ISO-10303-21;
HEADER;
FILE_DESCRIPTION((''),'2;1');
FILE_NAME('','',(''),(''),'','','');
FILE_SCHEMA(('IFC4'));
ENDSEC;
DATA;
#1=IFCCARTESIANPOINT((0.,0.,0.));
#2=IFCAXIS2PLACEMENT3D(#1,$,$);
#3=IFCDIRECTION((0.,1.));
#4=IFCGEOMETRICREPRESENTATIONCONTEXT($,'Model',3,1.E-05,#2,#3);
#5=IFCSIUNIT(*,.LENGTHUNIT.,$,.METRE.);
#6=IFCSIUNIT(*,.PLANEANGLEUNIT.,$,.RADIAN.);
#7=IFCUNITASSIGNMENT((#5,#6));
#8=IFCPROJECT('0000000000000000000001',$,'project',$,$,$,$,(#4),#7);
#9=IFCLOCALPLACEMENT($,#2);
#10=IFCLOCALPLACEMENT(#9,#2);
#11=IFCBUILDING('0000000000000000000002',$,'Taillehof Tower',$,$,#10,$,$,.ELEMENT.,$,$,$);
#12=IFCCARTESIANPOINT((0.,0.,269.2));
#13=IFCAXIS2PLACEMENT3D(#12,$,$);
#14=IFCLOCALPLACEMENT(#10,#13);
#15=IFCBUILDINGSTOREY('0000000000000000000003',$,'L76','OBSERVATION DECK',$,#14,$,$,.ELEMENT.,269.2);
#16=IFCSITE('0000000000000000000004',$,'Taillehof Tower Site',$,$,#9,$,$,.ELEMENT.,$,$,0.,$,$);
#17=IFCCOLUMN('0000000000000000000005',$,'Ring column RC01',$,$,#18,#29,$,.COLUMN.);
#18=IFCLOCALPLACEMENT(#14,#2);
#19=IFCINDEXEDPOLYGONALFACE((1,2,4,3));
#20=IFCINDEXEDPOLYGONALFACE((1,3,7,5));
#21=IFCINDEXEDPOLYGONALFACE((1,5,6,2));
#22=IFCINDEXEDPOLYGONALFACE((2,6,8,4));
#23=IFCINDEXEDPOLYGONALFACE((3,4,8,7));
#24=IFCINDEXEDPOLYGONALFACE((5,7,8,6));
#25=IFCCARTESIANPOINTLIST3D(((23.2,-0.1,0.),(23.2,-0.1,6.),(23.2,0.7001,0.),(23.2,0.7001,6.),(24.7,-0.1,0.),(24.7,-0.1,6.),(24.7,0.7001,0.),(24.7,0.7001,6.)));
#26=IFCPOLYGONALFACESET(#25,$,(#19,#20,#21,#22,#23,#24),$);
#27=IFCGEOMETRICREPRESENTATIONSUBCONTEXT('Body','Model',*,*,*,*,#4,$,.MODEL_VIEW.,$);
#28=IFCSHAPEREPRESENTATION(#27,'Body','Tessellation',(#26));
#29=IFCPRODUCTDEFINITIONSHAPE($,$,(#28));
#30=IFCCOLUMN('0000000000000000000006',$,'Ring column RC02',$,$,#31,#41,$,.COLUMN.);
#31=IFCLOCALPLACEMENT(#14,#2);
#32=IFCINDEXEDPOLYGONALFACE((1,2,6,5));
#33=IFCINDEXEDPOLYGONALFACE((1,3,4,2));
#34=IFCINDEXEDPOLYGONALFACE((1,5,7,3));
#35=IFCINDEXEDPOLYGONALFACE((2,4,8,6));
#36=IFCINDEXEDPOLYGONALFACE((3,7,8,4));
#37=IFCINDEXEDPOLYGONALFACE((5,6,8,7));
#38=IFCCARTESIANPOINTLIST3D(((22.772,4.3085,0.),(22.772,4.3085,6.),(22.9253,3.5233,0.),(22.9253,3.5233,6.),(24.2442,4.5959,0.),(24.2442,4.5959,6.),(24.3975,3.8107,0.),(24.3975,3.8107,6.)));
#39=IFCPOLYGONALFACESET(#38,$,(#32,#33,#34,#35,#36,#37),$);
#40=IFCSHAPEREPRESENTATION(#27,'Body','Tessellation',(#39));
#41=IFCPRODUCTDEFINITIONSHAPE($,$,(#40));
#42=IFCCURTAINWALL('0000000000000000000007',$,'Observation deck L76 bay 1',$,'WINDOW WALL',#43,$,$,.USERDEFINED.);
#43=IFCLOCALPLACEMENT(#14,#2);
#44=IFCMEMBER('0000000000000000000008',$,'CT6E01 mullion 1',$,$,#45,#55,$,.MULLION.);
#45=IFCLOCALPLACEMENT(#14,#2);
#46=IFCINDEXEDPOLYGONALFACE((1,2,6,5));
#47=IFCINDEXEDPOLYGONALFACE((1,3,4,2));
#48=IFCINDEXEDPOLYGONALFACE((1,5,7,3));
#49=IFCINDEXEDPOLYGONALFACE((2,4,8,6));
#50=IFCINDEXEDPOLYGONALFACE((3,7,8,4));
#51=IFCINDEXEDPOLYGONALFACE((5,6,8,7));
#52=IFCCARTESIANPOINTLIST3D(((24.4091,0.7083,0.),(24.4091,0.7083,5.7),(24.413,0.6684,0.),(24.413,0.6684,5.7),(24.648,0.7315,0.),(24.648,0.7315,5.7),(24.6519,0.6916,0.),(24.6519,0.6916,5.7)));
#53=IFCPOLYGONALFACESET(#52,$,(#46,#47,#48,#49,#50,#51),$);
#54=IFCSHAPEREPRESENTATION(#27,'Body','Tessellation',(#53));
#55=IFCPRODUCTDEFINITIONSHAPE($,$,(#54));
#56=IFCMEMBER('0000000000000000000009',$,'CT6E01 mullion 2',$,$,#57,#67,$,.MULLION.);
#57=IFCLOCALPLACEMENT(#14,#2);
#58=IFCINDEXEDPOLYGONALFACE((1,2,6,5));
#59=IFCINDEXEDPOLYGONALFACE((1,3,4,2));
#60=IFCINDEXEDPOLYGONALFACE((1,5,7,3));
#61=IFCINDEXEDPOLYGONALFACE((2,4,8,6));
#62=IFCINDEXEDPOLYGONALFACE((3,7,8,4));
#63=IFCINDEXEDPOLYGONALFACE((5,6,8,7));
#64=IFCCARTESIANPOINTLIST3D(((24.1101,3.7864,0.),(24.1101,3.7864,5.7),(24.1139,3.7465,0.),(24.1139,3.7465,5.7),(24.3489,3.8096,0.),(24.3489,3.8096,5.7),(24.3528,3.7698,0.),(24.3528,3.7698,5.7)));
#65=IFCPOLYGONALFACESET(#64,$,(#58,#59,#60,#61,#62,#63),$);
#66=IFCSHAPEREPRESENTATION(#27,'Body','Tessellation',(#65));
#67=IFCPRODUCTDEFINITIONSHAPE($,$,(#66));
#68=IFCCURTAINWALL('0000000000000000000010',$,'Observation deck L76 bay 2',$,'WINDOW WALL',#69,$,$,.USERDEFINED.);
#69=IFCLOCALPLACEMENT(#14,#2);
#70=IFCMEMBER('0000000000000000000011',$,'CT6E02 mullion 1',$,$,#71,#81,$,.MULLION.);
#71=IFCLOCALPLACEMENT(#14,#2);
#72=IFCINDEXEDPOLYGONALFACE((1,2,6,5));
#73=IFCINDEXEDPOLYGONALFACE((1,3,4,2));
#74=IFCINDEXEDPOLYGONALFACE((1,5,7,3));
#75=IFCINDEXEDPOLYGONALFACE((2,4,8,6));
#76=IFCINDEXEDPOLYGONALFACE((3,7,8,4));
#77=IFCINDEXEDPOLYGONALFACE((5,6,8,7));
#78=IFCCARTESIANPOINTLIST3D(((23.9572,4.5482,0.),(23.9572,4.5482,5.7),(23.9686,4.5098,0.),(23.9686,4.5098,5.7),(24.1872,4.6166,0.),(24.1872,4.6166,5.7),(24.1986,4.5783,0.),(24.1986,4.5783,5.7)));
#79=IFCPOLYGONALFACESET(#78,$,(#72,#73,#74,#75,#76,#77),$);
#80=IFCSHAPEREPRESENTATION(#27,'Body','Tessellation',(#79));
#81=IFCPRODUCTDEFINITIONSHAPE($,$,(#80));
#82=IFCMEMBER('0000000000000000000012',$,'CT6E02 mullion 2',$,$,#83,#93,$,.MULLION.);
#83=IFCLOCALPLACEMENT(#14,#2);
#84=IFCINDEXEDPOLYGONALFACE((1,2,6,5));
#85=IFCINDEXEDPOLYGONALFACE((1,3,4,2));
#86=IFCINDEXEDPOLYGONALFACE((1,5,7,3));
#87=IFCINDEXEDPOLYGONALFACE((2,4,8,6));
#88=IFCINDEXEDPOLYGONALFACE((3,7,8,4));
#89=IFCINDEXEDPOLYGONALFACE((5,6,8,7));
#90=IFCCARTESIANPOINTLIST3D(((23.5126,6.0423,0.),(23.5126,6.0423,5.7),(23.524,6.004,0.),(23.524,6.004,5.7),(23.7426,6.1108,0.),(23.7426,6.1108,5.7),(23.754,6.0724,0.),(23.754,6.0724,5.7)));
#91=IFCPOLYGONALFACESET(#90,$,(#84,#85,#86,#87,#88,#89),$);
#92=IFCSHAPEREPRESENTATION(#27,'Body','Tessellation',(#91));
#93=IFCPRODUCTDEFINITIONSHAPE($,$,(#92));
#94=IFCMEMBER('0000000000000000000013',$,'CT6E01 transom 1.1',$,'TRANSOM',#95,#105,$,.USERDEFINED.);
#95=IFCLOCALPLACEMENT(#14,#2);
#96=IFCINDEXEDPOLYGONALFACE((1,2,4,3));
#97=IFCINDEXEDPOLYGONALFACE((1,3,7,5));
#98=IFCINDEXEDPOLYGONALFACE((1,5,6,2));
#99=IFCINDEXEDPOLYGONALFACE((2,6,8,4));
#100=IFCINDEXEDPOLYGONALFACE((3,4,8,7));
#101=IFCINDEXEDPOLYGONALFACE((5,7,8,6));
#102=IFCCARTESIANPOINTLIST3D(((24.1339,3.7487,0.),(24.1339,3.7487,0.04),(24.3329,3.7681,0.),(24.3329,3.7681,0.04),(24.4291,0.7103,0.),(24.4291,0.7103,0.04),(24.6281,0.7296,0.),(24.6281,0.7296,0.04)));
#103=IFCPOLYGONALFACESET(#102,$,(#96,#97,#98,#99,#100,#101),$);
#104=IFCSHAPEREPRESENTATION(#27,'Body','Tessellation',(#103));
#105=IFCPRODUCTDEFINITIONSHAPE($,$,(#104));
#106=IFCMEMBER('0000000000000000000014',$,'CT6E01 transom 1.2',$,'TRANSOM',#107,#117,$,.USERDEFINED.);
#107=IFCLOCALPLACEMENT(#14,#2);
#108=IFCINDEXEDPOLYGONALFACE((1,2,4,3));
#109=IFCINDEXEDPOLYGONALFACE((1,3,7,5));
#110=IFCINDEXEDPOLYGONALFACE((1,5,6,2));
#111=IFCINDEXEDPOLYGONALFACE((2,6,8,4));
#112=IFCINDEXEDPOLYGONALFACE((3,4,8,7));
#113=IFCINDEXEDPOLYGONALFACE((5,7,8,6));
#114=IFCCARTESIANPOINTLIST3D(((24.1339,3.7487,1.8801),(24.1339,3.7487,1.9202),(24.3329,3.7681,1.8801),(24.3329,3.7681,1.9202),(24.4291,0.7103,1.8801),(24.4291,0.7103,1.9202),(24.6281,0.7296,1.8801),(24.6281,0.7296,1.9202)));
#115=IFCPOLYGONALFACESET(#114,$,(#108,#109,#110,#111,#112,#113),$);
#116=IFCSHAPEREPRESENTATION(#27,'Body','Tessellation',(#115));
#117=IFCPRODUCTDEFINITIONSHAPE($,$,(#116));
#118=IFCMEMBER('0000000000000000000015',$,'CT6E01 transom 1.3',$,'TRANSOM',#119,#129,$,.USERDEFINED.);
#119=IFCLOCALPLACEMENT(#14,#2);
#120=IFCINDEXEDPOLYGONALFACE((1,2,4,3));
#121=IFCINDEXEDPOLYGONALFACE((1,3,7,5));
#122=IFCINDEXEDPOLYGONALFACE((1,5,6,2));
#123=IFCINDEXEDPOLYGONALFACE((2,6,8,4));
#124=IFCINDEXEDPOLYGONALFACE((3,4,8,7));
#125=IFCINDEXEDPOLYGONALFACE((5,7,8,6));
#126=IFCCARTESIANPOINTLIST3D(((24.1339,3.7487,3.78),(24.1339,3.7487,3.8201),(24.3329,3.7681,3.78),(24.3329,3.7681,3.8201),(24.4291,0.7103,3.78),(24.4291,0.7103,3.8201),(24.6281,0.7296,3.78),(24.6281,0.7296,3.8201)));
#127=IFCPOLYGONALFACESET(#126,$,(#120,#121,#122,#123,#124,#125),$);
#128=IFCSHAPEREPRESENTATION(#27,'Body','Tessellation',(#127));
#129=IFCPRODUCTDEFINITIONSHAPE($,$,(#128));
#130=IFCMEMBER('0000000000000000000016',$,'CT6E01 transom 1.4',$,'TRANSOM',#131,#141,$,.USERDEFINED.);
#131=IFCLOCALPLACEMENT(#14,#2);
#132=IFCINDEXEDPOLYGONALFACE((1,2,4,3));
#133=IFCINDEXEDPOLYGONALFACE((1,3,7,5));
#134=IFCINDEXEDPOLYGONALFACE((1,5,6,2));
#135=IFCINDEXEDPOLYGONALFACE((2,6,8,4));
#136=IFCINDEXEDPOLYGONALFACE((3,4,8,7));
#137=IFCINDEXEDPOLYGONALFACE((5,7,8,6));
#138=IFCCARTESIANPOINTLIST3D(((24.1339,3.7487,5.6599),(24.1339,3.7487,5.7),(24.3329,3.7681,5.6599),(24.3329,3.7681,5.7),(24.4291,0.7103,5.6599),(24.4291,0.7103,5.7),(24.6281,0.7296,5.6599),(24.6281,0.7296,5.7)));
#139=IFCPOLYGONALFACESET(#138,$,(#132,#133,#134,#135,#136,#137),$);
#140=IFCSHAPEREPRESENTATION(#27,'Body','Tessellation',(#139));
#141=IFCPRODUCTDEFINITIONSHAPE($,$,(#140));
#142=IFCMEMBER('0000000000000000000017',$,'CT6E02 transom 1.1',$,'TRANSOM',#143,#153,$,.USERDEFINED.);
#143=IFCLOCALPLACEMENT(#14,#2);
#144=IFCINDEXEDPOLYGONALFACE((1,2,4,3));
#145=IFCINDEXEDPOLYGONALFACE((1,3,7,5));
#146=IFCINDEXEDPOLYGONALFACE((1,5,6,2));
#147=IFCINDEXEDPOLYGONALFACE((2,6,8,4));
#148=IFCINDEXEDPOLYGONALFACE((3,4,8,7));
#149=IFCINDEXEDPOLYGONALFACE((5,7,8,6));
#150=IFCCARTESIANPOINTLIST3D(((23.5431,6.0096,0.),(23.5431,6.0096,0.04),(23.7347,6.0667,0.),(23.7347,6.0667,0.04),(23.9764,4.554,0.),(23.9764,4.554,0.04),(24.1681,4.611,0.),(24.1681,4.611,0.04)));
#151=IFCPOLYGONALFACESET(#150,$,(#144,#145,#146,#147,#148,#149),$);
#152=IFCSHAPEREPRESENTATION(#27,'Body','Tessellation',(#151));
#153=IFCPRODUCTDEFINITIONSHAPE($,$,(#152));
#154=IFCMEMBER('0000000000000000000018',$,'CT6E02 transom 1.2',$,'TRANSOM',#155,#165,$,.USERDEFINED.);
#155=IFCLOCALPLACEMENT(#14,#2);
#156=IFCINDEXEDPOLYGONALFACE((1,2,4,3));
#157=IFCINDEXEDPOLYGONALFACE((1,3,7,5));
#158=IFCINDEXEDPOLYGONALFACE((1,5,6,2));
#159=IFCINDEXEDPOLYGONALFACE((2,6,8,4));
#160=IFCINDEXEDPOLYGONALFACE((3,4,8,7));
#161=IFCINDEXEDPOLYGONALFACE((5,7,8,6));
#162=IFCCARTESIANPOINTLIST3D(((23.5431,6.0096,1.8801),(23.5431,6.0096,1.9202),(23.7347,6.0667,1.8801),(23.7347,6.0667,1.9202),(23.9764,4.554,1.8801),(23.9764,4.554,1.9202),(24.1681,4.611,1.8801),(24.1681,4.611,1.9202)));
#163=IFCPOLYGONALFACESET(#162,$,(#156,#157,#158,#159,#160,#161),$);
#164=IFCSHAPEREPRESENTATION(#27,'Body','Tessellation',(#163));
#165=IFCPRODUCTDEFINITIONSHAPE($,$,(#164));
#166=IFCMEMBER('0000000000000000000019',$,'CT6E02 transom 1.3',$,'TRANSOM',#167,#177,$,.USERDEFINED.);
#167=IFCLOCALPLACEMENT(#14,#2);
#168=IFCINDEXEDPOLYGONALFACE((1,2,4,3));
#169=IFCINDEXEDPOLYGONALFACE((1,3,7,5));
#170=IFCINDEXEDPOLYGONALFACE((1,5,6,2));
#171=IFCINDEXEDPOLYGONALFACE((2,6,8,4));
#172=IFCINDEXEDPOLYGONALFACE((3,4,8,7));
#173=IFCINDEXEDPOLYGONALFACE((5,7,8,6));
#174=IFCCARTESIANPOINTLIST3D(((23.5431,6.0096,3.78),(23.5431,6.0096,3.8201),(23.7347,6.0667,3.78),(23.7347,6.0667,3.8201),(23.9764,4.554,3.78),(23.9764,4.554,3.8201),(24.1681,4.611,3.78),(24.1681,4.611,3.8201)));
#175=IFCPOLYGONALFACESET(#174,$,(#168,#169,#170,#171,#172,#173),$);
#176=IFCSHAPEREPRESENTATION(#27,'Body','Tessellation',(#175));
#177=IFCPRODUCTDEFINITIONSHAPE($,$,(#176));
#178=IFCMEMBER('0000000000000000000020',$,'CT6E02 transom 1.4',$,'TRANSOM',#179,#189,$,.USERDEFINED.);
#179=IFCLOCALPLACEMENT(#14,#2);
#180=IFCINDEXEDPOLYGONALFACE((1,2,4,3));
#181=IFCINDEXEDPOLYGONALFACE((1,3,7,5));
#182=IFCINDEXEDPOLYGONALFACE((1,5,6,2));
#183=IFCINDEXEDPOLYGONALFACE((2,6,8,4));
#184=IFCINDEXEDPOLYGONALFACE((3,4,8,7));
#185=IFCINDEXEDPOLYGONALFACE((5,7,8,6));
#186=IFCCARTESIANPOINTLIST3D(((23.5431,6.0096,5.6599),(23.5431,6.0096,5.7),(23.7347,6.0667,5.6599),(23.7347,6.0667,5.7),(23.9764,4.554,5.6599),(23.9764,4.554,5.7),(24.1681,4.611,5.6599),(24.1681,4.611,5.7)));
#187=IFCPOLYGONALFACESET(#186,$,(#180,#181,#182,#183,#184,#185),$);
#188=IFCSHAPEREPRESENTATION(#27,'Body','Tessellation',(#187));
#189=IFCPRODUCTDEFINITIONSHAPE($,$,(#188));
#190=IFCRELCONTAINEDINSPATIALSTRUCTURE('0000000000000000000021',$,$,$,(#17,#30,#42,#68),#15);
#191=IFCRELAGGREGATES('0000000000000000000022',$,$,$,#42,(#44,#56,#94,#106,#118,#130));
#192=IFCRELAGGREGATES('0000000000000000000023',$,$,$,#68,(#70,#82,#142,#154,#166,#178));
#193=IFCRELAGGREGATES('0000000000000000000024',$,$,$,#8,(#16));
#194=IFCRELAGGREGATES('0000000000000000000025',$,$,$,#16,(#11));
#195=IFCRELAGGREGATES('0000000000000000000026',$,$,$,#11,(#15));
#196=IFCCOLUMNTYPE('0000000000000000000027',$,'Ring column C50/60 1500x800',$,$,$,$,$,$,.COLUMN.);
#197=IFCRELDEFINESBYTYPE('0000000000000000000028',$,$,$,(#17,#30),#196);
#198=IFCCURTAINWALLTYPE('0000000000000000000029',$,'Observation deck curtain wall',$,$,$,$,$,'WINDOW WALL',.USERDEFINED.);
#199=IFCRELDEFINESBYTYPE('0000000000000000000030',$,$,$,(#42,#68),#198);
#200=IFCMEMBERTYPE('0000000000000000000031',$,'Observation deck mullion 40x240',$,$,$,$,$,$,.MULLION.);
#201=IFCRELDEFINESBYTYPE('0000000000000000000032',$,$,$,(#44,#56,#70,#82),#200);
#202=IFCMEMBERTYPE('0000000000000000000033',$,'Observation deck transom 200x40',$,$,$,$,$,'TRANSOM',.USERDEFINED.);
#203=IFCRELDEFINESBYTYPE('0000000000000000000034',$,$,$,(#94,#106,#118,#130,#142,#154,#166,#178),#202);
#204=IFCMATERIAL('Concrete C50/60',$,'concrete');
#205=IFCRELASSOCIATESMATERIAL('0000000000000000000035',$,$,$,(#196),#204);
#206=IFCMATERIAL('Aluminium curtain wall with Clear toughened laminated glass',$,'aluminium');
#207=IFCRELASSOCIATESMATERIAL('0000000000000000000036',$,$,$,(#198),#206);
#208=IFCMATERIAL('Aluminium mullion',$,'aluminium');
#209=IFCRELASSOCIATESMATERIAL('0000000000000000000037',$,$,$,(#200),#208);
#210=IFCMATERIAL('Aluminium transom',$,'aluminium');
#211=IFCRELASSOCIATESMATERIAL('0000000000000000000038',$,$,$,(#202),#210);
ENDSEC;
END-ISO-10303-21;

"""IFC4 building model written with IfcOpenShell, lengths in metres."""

from ifc_helpers import new_model, si_unit, direction, frame, origin, origin_2d, place, context, subcontext, project, spatial, rectangle, extrude, material, material_profile, profile_set, type_object, element, aggregate, save


model = new_model("IFC4")

# Units and contexts
model_context = context("Model", 3, precision=1e-05, world=origin(), true_north=direction((0.0, 1.0)))
body_context = subcontext(model_context, "Body", "Model", "MODEL_VIEW")
ifc_project = project(units=[si_unit("LENGTHUNIT", "METRE"), si_unit("PLANEANGLEUNIT", "RADIAN")], contexts=[model_context])

# Site, building, storey
site_placement = place(None, origin())
site = spatial("IfcSite", under=ifc_project, at=site_placement, Name="Taillehof Tower Site", CompositionType="ELEMENT", RefElevation=0.0)
building_placement = place(site_placement, origin())
building = spatial("IfcBuilding", under=site, at=building_placement, Name="Taillehof Tower", CompositionType="ELEMENT")
storey_placement = place(building_placement, frame((0.0, 0.0, 269.2)))
storey = spatial("IfcBuildingStorey", under=building, at=storey_placement, Name="L76", Description="OBSERVATION DECK", CompositionType="ELEMENT", Elevation=269.2)

# Columns
ifc_material_1 = material(Name="Concrete C50/60", Category="concrete")
ifc_material_profile_1 = material_profile(ifc_material_1, rectangle(XDim=1.5, YDim=0.8, at=origin_2d()), Name="RC 1500x800")
ifc_profile_set_1 = profile_set([ifc_material_profile_1], Name="Concrete C50/60")
column_type = type_object("IfcColumnType", Name="Ring column C50/60 1500x800", PredefinedType="COLUMN", material=ifc_profile_set_1)
for number, where, z_axis, x_axis, name in (
    (1, (23.95, 0.3, 0.0), (0.0, 0.0, 1.0), (1.0, 0.0, 0.0), "Ring column RC01"),
    (2, (23.5847, 4.0596, 0.0), (0.0, 0.0, 1.0), (0.981473, 0.191602, 0.0), "Ring column RC02"),
):
    element("IfcColumn", number, at=place(storey_placement, frame(where, z_axis=z_axis, x_axis=x_axis)), inside=storey, type_object=column_type, Name=name, PredefinedType="COLUMN", context=body_context, shape_type="SweptSolid", body=[
        extrude(rectangle(XDim=1.5, YDim=0.8, at=origin_2d()), origin(), (0.0, 0.0, 1.0), 6.0),
    ])

# Curtain walls, members
ifc_material_2 = material(Name="Aluminium curtain wall with Clear toughened laminated glass", Category="aluminium")
curtain_wall_type = type_object("IfcCurtainWallType", Name="Observation deck curtain wall", ElementType="WINDOW WALL", PredefinedType="USERDEFINED", material=ifc_material_2)
curtain_wall_1_placement = place(storey_placement, origin())
curtain_wall_1 = element("IfcCurtainWall", 3, at=curtain_wall_1_placement, inside=storey, type_object=curtain_wall_type, Name="Observation deck L76 bay 1", ObjectType="WINDOW WALL", PredefinedType="USERDEFINED")
ifc_material_3 = material(Name="Aluminium mullion", Category="aluminium")
ifc_material_profile_2 = material_profile(ifc_material_3, rectangle(XDim=0.24, YDim=0.04, at=origin_2d()), Name="AL 40x240")
ifc_profile_set_2 = profile_set([ifc_material_profile_2], Name="Aluminium mullion")
member_type_1 = type_object("IfcMemberType", Name="Observation deck mullion 40x240", PredefinedType="MULLION", material=ifc_profile_set_2)
member_1_placement = place(storey_placement, frame((24.5305, 0.7, 0.0), z_axis=(0.0, 0.0, 1.0), x_axis=(-0.995312, -0.096714, 0.0)))
member_1 = element("IfcMember", 4, at=member_1_placement, type_object=member_type_1, Name="CT6E01 mullion 1", PredefinedType="MULLION", context=body_context, shape_type="SweptSolid", body=[
    extrude(rectangle(XDim=0.24, YDim=0.04, at=origin_2d()), origin(), (0.0, 0.0, 1.0), 5.7),
])
member_2_placement = place(storey_placement, frame((24.2314, 3.7781, 0.0), z_axis=(0.0, 0.0, 1.0), x_axis=(-0.995312, -0.096714, 0.0)))
member_2 = element("IfcMember", 5, at=member_2_placement, type_object=member_type_1, Name="CT6E01 mullion 2", PredefinedType="MULLION", context=body_context, shape_type="SweptSolid", body=[
    extrude(rectangle(XDim=0.24, YDim=0.04, at=origin_2d()), origin(), (0.0, 0.0, 1.0), 5.7),
])
curtain_wall_2_placement = place(storey_placement, origin())
curtain_wall_2 = element("IfcCurtainWall", 6, at=curtain_wall_2_placement, inside=storey, type_object=curtain_wall_type, Name="Observation deck L76 bay 2", ObjectType="WINDOW WALL", PredefinedType="USERDEFINED")
member_3_placement = place(storey_placement, frame((24.0779, 4.5632, 0.0), z_axis=(0.0, 0.0, 1.0), x_axis=(-0.958457, -0.285236, 0.0)))
member_3 = element("IfcMember", 7, at=member_3_placement, type_object=member_type_1, Name="CT6E02 mullion 1", PredefinedType="MULLION", context=body_context, shape_type="SweptSolid", body=[
    extrude(rectangle(XDim=0.24, YDim=0.04, at=origin_2d()), origin(), (0.0, 0.0, 1.0), 5.7),
])
member_4_placement = place(storey_placement, frame((23.6333, 6.0574, 0.0), z_axis=(0.0, 0.0, 1.0), x_axis=(-0.958457, -0.285236, 0.0)))
member_4 = element("IfcMember", 8, at=member_4_placement, type_object=member_type_1, Name="CT6E02 mullion 2", PredefinedType="MULLION", context=body_context, shape_type="SweptSolid", body=[
    extrude(rectangle(XDim=0.24, YDim=0.04, at=origin_2d()), origin(), (0.0, 0.0, 1.0), 5.7),
])

# Members
ifc_material_4 = material(Name="Aluminium transom", Category="aluminium")
ifc_material_profile_3 = material_profile(ifc_material_4, rectangle(XDim=0.2, YDim=0.04, at=origin_2d()), Name="AL 200x40")
ifc_profile_set_3 = profile_set([ifc_material_profile_3], Name="Aluminium transom")
member_type_2 = type_object("IfcMemberType", Name="Observation deck transom 200x40", ElementType="TRANSOM", PredefinedType="USERDEFINED", material=ifc_profile_set_3)
member_5_placement = place(storey_placement, frame((24.5286, 0.72, 0.02), z_axis=(-0.096692, 0.995314, 0.0), x_axis=(-0.995314, -0.096692, 0.0)))
member_5 = element("IfcMember", 9, at=member_5_placement, type_object=member_type_2, Name="CT6E01 transom 1.1", ObjectType="TRANSOM", PredefinedType="USERDEFINED", context=body_context, shape_type="SweptSolid", body=[
    extrude(rectangle(XDim=0.2, YDim=0.04, at=origin_2d()), origin(), (0.0, 0.0, 1.0), 3.0527),
])
member_6_placement = place(storey_placement, frame((24.5286, 0.72, 1.9001), z_axis=(-0.096692, 0.995314, 0.0), x_axis=(-0.995314, -0.096692, 0.0)))
member_6 = element("IfcMember", 10, at=member_6_placement, type_object=member_type_2, Name="CT6E01 transom 1.2", ObjectType="TRANSOM", PredefinedType="USERDEFINED", context=body_context, shape_type="SweptSolid", body=[
    extrude(rectangle(XDim=0.2, YDim=0.04, at=origin_2d()), origin(), (0.0, 0.0, 1.0), 3.0527),
])
member_7_placement = place(storey_placement, frame((24.5286, 0.72, 3.8), z_axis=(-0.096692, 0.995314, 0.0), x_axis=(-0.995314, -0.096692, 0.0)))
member_7 = element("IfcMember", 11, at=member_7_placement, type_object=member_type_2, Name="CT6E01 transom 1.3", ObjectType="TRANSOM", PredefinedType="USERDEFINED", context=body_context, shape_type="SweptSolid", body=[
    extrude(rectangle(XDim=0.2, YDim=0.04, at=origin_2d()), origin(), (0.0, 0.0, 1.0), 3.0527),
])
member_8_placement = place(storey_placement, frame((24.5286, 0.72, 5.6799), z_axis=(-0.096692, 0.995314, 0.0), x_axis=(-0.995314, -0.096692, 0.0)))
member_8 = element("IfcMember", 12, at=member_8_placement, type_object=member_type_2, Name="CT6E01 transom 1.4", ObjectType="TRANSOM", PredefinedType="USERDEFINED", context=body_context, shape_type="SweptSolid", body=[
    extrude(rectangle(XDim=0.2, YDim=0.04, at=origin_2d()), origin(), (0.0, 0.0, 1.0), 3.0527),
])
member_9_placement = place(storey_placement, frame((24.0723, 4.5825, 0.02), z_axis=(-0.285341, 0.958426, 0.0), x_axis=(-0.958426, -0.285341, 0.0)))
member_9 = element("IfcMember", 13, at=member_9_placement, type_object=member_type_2, Name="CT6E02 transom 1.1", ObjectType="TRANSOM", PredefinedType="USERDEFINED", context=body_context, shape_type="SweptSolid", body=[
    extrude(rectangle(XDim=0.2, YDim=0.04, at=origin_2d()), origin(), (0.0, 0.0, 1.0), 1.5188),
])
member_10_placement = place(storey_placement, frame((24.0723, 4.5825, 1.9001), z_axis=(-0.285341, 0.958426, 0.0), x_axis=(-0.958426, -0.285341, 0.0)))
member_10 = element("IfcMember", 14, at=member_10_placement, type_object=member_type_2, Name="CT6E02 transom 1.2", ObjectType="TRANSOM", PredefinedType="USERDEFINED", context=body_context, shape_type="SweptSolid", body=[
    extrude(rectangle(XDim=0.2, YDim=0.04, at=origin_2d()), origin(), (0.0, 0.0, 1.0), 1.5188),
])
member_11_placement = place(storey_placement, frame((24.0723, 4.5825, 3.8), z_axis=(-0.285341, 0.958426, 0.0), x_axis=(-0.958426, -0.285341, 0.0)))
member_11 = element("IfcMember", 15, at=member_11_placement, type_object=member_type_2, Name="CT6E02 transom 1.3", ObjectType="TRANSOM", PredefinedType="USERDEFINED", context=body_context, shape_type="SweptSolid", body=[
    extrude(rectangle(XDim=0.2, YDim=0.04, at=origin_2d()), origin(), (0.0, 0.0, 1.0), 1.5188),
])
member_12_placement = place(storey_placement, frame((24.0723, 4.5825, 5.6799), z_axis=(-0.285341, 0.958426, 0.0), x_axis=(-0.958426, -0.285341, 0.0)))
member_12 = element("IfcMember", 16, at=member_12_placement, type_object=member_type_2, Name="CT6E02 transom 1.4", ObjectType="TRANSOM", PredefinedType="USERDEFINED", context=body_context, shape_type="SweptSolid", body=[
    extrude(rectangle(XDim=0.2, YDim=0.04, at=origin_2d()), origin(), (0.0, 0.0, 1.0), 1.5188),
])

aggregate(curtain_wall_1, [member_1, member_2, member_5, member_6, member_7, member_8])
aggregate(curtain_wall_2, [member_3, member_4, member_9, member_10, member_11, member_12])

save(model, "model.ifc")
